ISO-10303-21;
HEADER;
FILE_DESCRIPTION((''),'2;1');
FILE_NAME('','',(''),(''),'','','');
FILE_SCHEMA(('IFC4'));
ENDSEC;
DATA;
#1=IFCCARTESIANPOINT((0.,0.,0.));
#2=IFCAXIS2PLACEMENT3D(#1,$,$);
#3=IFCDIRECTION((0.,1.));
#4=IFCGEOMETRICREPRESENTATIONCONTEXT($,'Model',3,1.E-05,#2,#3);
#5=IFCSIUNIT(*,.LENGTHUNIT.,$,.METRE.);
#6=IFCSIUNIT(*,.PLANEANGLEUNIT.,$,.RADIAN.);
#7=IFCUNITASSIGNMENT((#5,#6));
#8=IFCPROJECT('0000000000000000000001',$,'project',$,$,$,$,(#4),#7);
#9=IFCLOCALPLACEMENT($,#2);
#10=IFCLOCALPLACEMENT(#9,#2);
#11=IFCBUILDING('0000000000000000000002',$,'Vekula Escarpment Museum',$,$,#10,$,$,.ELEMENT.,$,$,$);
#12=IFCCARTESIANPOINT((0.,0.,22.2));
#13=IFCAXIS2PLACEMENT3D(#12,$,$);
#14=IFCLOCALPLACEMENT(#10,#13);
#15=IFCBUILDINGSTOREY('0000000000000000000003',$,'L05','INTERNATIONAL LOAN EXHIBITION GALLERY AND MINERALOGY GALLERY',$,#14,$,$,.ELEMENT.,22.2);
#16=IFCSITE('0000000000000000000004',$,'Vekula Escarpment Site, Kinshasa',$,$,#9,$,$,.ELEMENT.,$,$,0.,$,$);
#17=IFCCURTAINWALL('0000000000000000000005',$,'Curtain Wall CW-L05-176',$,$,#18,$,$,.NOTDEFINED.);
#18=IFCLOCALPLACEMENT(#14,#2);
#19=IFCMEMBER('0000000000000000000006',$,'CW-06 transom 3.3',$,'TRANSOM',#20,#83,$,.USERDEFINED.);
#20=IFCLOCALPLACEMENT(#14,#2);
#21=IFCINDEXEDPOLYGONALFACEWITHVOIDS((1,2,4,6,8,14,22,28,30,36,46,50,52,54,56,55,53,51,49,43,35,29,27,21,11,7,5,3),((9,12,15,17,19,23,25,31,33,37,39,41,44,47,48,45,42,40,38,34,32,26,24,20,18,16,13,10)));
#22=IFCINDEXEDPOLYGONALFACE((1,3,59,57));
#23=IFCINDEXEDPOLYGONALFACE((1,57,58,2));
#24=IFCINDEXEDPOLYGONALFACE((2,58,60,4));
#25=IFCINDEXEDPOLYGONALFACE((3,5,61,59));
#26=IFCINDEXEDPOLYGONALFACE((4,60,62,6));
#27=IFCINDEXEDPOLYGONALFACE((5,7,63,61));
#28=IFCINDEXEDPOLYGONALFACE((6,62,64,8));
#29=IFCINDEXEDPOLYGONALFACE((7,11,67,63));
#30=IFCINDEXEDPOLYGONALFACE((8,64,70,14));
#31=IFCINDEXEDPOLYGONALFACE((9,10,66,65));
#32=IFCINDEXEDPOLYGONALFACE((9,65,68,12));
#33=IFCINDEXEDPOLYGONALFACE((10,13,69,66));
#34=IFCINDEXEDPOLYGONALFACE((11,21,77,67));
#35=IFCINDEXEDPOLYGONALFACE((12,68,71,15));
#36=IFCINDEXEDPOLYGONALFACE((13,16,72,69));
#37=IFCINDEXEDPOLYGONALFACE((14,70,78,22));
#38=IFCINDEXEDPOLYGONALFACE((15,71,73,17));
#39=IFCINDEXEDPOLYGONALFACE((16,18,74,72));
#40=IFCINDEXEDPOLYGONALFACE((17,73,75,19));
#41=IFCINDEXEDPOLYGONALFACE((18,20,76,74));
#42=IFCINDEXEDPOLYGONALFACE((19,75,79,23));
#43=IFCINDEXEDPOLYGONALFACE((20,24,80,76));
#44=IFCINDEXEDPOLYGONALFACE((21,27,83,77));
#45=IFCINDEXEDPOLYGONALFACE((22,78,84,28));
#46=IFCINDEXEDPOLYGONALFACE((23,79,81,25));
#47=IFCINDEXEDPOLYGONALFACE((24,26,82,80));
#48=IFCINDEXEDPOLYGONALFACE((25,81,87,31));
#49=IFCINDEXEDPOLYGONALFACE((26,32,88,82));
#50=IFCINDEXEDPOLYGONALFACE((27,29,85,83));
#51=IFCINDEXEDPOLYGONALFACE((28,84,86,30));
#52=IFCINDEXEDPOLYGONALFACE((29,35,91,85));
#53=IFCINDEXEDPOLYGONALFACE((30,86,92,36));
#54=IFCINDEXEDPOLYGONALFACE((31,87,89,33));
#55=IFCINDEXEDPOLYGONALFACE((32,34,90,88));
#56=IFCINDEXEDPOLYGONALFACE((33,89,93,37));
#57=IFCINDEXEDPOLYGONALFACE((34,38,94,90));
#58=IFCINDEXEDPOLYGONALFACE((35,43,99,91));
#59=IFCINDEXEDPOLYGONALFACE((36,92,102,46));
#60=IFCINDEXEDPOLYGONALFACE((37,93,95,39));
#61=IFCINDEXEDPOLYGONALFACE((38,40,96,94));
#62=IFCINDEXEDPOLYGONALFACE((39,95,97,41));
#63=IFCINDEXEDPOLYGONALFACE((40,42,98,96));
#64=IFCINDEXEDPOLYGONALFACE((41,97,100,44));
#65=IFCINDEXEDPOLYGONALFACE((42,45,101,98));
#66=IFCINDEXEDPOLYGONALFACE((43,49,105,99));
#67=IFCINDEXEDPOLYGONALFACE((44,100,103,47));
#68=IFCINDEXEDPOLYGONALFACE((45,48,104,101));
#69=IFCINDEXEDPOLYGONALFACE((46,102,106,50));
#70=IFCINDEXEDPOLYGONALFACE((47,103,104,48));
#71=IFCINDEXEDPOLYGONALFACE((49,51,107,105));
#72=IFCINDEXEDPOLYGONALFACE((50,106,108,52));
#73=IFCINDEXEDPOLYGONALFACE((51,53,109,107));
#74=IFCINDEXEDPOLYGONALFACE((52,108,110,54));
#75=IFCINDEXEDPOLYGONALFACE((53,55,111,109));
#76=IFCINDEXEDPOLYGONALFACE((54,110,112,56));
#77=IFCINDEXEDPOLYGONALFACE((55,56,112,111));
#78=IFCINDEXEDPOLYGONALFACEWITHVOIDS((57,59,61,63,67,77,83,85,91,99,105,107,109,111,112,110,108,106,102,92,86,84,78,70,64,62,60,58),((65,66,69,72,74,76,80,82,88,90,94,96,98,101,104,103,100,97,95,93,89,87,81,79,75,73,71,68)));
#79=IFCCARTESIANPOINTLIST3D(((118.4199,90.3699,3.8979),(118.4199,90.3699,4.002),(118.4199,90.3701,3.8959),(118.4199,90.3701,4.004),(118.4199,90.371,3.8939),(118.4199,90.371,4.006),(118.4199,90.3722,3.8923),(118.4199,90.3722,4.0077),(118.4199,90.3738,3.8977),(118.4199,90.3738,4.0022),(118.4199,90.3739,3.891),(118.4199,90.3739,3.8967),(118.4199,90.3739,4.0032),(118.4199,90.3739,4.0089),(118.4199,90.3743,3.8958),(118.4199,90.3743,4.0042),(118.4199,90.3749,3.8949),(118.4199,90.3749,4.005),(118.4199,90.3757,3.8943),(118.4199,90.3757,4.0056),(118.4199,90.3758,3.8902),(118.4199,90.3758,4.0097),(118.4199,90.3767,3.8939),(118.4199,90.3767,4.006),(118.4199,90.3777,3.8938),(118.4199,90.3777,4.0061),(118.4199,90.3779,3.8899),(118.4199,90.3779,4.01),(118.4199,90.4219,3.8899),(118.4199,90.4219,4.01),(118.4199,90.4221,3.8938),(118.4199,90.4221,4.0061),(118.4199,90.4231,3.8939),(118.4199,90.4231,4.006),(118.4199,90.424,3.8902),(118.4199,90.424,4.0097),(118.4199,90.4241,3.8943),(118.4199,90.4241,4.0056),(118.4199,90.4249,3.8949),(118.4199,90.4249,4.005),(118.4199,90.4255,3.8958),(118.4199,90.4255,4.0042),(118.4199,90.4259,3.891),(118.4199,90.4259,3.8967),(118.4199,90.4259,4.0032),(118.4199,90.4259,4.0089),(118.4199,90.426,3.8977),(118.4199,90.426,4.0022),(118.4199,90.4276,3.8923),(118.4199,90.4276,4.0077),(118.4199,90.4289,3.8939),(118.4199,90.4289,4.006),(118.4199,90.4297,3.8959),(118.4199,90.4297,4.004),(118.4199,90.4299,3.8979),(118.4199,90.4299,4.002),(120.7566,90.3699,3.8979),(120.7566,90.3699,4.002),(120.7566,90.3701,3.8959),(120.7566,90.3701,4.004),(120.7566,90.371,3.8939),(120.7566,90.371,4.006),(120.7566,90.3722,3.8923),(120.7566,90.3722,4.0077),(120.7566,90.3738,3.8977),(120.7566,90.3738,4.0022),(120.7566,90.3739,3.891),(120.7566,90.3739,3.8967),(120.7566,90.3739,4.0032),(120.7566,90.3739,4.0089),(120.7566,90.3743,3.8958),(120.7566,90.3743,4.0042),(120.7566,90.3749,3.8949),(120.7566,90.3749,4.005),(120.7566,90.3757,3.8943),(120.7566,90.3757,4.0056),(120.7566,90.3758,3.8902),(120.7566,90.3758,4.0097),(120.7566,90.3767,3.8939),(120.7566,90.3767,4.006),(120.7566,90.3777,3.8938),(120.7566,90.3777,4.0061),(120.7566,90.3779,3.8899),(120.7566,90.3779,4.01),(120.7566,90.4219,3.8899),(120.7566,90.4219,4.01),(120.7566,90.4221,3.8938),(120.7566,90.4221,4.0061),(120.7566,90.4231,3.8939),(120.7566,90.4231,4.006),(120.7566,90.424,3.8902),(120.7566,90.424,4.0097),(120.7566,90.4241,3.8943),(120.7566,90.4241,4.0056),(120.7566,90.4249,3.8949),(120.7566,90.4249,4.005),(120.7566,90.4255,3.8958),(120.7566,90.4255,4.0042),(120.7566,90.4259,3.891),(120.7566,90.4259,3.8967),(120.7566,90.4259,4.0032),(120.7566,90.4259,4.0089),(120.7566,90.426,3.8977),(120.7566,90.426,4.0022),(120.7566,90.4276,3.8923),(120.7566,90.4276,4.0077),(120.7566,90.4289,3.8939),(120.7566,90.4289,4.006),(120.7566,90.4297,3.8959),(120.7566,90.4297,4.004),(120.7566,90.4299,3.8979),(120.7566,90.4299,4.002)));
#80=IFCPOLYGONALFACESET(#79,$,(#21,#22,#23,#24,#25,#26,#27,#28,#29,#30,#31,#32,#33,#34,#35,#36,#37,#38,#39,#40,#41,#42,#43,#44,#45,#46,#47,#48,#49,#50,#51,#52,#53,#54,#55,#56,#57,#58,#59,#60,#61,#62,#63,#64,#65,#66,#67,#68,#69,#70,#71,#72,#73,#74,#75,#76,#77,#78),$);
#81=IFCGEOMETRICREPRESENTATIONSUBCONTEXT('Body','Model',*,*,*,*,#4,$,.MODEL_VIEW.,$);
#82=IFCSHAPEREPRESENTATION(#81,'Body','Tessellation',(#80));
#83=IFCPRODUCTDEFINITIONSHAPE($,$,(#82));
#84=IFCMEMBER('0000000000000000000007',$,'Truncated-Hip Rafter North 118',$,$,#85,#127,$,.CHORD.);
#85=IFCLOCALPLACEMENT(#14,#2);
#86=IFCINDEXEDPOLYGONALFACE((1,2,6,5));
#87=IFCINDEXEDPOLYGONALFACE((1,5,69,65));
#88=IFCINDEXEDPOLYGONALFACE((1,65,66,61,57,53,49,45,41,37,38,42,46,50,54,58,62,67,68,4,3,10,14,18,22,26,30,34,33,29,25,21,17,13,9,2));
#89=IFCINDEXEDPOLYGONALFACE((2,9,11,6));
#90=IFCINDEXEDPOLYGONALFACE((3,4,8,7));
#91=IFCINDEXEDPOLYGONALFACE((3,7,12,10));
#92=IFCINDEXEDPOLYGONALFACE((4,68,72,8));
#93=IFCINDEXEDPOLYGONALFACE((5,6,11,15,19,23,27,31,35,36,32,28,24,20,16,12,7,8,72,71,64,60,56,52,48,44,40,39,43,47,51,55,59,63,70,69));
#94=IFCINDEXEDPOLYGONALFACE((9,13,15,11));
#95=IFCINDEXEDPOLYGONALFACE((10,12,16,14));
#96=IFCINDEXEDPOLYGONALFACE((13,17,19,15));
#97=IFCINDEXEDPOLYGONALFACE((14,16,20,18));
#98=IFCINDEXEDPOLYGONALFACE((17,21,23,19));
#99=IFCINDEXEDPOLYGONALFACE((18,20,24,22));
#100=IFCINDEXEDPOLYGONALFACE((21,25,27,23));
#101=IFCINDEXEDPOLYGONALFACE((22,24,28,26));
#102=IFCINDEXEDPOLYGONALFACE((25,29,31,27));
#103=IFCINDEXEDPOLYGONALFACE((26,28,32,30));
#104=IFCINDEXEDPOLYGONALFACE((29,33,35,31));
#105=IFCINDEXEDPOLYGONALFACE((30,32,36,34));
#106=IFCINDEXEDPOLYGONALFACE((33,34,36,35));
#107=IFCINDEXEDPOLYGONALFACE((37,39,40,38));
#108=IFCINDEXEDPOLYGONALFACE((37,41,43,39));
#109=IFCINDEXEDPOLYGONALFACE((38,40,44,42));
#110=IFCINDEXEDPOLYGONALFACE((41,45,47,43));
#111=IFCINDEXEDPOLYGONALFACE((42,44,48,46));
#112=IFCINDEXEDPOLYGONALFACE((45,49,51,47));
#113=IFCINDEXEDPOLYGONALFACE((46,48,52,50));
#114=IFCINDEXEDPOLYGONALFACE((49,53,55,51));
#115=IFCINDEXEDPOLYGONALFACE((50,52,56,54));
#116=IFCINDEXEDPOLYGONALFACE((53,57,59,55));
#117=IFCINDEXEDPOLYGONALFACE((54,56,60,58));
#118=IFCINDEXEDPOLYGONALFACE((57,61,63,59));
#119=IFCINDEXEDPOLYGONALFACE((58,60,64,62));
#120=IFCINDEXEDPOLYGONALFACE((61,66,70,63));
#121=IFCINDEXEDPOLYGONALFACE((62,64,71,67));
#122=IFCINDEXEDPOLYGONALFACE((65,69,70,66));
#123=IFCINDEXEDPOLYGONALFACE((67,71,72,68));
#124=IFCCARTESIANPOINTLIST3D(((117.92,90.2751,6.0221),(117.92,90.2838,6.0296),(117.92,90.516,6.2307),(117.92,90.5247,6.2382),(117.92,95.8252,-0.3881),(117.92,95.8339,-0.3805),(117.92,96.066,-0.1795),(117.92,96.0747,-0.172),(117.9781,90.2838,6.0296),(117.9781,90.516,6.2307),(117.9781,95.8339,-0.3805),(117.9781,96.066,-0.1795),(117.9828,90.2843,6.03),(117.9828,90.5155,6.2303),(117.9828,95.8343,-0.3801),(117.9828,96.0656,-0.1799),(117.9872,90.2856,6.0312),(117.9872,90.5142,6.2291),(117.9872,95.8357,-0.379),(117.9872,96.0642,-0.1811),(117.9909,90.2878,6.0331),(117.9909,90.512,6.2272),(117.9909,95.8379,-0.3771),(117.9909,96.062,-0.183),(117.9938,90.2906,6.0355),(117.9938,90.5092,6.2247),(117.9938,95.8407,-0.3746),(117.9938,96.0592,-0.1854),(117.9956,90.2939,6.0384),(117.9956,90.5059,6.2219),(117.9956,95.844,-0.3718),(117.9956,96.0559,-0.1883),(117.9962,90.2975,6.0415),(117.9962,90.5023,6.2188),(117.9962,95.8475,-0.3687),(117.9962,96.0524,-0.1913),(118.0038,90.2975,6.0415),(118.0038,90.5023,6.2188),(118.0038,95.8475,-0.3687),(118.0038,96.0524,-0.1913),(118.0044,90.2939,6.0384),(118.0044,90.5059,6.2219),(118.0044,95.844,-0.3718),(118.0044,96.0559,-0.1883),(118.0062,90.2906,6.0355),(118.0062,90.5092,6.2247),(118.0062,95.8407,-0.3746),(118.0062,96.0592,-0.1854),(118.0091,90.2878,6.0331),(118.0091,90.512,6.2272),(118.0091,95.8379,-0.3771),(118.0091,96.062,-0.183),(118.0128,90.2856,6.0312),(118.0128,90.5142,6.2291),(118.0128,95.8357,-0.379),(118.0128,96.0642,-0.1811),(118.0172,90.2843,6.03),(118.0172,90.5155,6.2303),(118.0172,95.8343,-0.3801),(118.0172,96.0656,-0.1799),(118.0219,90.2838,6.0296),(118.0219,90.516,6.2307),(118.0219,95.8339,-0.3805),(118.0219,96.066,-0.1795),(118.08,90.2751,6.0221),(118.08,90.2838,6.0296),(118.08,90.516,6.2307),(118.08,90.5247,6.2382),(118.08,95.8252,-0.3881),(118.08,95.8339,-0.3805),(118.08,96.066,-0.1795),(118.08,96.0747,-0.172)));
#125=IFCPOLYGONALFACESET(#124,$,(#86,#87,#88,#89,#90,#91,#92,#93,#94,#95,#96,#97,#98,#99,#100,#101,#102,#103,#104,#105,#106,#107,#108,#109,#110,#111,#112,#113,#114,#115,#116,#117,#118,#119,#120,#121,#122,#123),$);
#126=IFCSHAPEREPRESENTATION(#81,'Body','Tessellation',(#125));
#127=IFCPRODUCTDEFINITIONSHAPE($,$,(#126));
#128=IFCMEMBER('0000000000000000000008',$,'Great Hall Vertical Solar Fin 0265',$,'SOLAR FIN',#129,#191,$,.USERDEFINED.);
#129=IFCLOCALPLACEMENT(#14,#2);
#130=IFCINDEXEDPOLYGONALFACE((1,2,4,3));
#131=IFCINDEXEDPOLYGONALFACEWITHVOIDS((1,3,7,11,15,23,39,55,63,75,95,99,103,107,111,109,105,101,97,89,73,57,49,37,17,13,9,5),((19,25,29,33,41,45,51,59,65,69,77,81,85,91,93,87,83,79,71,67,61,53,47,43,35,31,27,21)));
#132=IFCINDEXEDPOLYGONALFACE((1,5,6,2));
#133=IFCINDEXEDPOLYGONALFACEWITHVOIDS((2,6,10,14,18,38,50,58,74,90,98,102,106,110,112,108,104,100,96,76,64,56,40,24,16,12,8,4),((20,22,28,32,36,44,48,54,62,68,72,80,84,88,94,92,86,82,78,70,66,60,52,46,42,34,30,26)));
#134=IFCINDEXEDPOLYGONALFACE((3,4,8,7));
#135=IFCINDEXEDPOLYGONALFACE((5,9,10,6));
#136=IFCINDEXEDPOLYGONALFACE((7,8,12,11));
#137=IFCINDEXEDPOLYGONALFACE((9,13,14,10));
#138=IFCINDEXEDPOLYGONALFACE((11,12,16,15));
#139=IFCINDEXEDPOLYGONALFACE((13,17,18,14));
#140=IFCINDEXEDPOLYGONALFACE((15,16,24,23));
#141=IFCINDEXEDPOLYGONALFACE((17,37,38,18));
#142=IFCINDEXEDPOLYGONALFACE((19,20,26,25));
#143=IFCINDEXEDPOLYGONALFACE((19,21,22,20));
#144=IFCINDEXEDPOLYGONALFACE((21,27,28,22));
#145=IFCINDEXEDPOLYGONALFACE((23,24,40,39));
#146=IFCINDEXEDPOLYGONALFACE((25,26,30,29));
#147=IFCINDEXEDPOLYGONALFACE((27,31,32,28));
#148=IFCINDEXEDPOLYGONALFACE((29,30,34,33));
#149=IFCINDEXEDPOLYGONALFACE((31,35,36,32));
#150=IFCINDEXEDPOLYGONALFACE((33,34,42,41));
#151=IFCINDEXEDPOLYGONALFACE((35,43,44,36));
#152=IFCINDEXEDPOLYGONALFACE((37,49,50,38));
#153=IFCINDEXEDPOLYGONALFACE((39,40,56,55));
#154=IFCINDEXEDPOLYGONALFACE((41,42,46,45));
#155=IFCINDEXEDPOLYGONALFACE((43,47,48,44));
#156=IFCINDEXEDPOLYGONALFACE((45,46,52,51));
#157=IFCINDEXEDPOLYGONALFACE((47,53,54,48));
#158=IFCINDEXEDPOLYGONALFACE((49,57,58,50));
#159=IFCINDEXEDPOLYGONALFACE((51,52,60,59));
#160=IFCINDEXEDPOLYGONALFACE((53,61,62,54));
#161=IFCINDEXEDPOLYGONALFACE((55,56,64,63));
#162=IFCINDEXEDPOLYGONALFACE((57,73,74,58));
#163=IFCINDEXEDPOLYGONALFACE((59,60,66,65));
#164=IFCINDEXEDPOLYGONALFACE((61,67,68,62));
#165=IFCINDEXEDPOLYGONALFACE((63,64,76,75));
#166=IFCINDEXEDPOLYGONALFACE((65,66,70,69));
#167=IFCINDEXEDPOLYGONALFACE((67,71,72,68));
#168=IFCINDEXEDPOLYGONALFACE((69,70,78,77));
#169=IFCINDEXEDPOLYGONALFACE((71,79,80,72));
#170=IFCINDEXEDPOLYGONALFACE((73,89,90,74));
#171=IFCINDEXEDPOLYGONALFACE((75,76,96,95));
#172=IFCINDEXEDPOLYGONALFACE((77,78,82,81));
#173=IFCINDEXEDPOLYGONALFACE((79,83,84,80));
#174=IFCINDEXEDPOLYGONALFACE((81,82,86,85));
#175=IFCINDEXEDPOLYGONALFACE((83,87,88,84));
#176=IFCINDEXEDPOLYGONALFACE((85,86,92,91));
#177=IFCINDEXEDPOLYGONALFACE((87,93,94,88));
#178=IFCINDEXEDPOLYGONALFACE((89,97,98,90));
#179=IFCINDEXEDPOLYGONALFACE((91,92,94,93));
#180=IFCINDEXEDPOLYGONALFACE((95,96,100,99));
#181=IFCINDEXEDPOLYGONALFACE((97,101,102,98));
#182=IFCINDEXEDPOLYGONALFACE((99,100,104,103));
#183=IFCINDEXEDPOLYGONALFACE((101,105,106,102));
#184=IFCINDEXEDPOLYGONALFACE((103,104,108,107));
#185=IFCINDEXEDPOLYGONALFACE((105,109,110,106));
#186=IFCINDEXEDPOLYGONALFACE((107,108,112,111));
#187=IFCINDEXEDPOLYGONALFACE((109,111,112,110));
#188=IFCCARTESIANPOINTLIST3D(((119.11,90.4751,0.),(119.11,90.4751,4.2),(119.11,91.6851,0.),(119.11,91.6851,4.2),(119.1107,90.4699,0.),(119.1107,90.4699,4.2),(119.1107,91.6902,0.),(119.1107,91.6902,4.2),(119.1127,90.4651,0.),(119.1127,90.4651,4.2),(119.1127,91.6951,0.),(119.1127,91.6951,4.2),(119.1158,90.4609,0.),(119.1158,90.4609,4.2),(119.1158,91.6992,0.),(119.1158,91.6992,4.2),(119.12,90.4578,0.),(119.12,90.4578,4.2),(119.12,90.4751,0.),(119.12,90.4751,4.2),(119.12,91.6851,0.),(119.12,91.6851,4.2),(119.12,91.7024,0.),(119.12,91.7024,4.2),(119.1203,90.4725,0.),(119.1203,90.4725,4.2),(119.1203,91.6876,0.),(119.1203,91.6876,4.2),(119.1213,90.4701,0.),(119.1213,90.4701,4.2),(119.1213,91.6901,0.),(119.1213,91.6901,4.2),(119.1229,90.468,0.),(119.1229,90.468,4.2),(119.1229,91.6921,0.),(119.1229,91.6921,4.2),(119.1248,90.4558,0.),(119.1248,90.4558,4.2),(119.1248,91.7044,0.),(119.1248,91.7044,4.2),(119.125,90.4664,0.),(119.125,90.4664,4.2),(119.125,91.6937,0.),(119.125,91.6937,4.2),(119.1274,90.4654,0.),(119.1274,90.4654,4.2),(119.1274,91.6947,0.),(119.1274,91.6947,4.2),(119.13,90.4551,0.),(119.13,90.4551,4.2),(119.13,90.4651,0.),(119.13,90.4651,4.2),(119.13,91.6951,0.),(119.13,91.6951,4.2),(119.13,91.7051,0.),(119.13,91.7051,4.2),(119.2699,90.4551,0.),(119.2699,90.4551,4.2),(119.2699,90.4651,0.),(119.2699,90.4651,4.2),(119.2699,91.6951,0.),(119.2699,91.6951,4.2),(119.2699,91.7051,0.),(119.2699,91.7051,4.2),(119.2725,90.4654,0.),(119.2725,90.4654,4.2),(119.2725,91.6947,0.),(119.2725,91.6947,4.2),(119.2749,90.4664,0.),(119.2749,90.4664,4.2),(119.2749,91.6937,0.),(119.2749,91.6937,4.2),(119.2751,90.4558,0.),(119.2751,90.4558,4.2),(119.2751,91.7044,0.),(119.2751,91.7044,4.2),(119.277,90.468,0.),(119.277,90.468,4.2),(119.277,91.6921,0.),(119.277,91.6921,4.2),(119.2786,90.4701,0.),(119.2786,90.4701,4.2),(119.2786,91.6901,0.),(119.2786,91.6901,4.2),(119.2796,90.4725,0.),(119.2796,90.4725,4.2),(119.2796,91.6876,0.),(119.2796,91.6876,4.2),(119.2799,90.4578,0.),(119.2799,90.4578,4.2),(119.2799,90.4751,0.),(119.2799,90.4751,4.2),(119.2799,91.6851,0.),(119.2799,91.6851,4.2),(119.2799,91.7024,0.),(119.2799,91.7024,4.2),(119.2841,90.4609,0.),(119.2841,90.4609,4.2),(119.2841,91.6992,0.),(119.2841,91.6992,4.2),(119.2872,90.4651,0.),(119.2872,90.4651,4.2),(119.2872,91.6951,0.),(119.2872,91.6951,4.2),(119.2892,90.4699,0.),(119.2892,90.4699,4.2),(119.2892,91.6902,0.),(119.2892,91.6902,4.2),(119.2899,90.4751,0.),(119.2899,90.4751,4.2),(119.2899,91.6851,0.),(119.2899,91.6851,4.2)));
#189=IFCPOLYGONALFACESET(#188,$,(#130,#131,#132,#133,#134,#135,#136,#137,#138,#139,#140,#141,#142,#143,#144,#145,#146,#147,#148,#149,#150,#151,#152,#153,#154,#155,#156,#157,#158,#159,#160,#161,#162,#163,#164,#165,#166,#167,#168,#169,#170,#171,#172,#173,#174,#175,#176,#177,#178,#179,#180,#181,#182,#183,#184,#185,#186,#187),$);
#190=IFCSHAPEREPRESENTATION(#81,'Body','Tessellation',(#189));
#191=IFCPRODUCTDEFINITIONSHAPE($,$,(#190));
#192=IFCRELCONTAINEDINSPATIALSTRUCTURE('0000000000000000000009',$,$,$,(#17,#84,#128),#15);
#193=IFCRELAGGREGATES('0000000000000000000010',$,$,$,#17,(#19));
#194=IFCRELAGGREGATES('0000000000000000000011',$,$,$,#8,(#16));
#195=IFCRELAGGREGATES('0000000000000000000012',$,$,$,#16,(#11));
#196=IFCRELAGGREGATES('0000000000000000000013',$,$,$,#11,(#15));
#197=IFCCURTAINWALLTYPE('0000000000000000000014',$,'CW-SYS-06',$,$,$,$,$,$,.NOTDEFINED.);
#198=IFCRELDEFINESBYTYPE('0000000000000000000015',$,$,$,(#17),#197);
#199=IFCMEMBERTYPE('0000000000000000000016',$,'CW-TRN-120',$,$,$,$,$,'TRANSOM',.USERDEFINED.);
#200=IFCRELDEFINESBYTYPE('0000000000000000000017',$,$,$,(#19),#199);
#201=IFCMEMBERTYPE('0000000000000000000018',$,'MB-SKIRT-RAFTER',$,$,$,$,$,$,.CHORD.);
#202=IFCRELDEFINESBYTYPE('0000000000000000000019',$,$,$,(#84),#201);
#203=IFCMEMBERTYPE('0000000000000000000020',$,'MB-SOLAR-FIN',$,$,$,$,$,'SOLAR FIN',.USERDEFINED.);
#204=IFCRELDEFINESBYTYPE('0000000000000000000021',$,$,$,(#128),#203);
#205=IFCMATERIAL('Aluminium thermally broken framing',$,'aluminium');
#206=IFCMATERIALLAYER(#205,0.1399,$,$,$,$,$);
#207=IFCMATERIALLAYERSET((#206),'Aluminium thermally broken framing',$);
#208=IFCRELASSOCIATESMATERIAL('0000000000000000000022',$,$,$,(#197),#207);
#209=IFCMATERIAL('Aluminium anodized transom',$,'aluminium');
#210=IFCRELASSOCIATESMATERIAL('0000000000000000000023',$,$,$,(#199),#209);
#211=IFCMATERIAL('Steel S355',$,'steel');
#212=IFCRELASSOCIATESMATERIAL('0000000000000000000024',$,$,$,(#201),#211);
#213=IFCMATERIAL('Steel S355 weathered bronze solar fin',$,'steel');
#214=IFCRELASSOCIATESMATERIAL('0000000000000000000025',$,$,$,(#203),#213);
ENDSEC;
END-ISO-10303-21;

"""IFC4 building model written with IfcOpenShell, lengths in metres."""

from ifc_helpers import new_model, si_unit, direction, frame, origin, origin_2d, place, context, subcontext, project, spatial, hollow_rectangle, i_section, extrude, material, layer, layer_set, material_profile, profile_set, type_object, element, aggregate, save


model = new_model("IFC4")

# Units and contexts
model_context = context("Model", 3, precision=1e-05, world=origin(), true_north=direction((0.0, 1.0)))
body_context = subcontext(model_context, "Body", "Model", "MODEL_VIEW")
ifc_project = project(units=[si_unit("LENGTHUNIT", "METRE"), si_unit("PLANEANGLEUNIT", "RADIAN")], contexts=[model_context])

# Site, building, storey
site_placement = place(None, origin())
site = spatial("IfcSite", under=ifc_project, at=site_placement, Name="Vekula Escarpment Site, Kinshasa", CompositionType="ELEMENT", RefElevation=0.0)
building_placement = place(site_placement, origin())
building = spatial("IfcBuilding", under=site, at=building_placement, Name="Vekula Escarpment Museum", CompositionType="ELEMENT")
storey_placement = place(building_placement, frame((0.0, 0.0, 22.2)))
storey = spatial("IfcBuildingStorey", under=building, at=storey_placement, Name="L05", Description="INTERNATIONAL LOAN EXHIBITION GALLERY AND MINERALOGY GALLERY", CompositionType="ELEMENT", Elevation=22.2)

# Curtain wall, member
ifc_material_1 = material(Name="Aluminium thermally broken framing", Category="aluminium")
ifc_layer_1 = layer(ifc_material_1, 0.1399)
ifc_layer_set_1 = layer_set([ifc_layer_1], Name="Aluminium thermally broken framing")
curtain_wall_type = type_object("IfcCurtainWallType", Name="CW-SYS-06", PredefinedType="NOTDEFINED", material=ifc_layer_set_1)
curtain_wall_placement = place(storey_placement, origin())
curtain_wall = element("IfcCurtainWall", 1, at=curtain_wall_placement, inside=storey, type_object=curtain_wall_type, Name="Curtain Wall CW-L05-176", PredefinedType="NOTDEFINED")
ifc_material_2 = material(Name="Aluminium anodized transom", Category="aluminium")
ifc_material_profile_1 = material_profile(ifc_material_2, hollow_rectangle(XDim=0.0601, YDim=0.1201, WallThickness=0.0039, InnerFilletRadius=0.0039, OuterFilletRadius=0.0081, at=origin_2d()), Name="ALU 120x60x4")
ifc_profile_set_1 = profile_set([ifc_material_profile_1], Name="Aluminium anodized transom")
member_type_1 = type_object("IfcMemberType", Name="CW-TRN-120", ElementType="TRANSOM", PredefinedType="USERDEFINED", material=ifc_profile_set_1)
member_1_placement = place(storey_placement, frame((120.7566, 90.3999, 3.95), z_axis=(-1.0, 0.0, 0.0), x_axis=(0.0, -1.0, 0.0)))
member_1 = element("IfcMember", 2, at=member_1_placement, type_object=member_type_1, Name="CW-06 transom 3.3", ObjectType="TRANSOM", PredefinedType="USERDEFINED", context=body_context, shape_type="SweptSolid", body=[
    extrude(hollow_rectangle(XDim=0.0601, YDim=0.1201, WallThickness=0.0039, InnerFilletRadius=0.0039, OuterFilletRadius=0.0081, at=origin_2d()), origin(), (0.0, 0.0, 1.0), 2.3367),
])

# Members
ifc_material_3 = material(Name="Steel S355", Category="steel")
ifc_material_profile_2 = material_profile(ifc_material_3, i_section(OverallWidth=0.1599, OverallDepth=0.3301, WebThickness=0.0076, FlangeThickness=0.0115, FilletRadius=0.0181, at=origin_2d()), Name="IPE 330")
ifc_profile_set_2 = profile_set([ifc_material_profile_2], Name="Steel S355")
member_type_2 = type_object("IfcMemberType", Name="MB-SKIRT-RAFTER", PredefinedType="CHORD", material=ifc_profile_set_2)
member_2_placement = place(storey_placement, frame((118.0, 95.95, -0.28), z_axis=(0.0, -0.654565, 0.756005), x_axis=(1.0, 0.0, 0.0)))
element("IfcMember", 3, at=member_2_placement, inside=storey, type_object=member_type_2, Name="Truncated-Hip Rafter North 118", PredefinedType="CHORD", context=body_context, shape_type="SweptSolid", body=[
    extrude(i_section(OverallWidth=0.1599, OverallDepth=0.3301, WebThickness=0.0076, FlangeThickness=0.0115, FilletRadius=0.0181, at=origin_2d()), origin(), (0.0, 0.0, 1.0), 8.479),
])
ifc_material_4 = material(Name="Steel S355 weathered bronze solar fin", Category="steel")
ifc_material_profile_3 = material_profile(ifc_material_4, hollow_rectangle(XDim=0.1799, YDim=1.25, WallThickness=0.01, InnerFilletRadius=0.01, OuterFilletRadius=0.02, at=origin_2d()), Name="RHS 1250x180x10")
ifc_profile_set_3 = profile_set([ifc_material_profile_3], Name="Steel S355 weathered bronze solar fin")
member_type_3 = type_object("IfcMemberType", Name="MB-SOLAR-FIN", ElementType="SOLAR FIN", PredefinedType="USERDEFINED", material=ifc_profile_set_3)
for number, where, z_axis, x_axis, name in (
    (4, (119.2, 91.0801, 0.0), (0.0, 0.0, 1.0), (1.0, 0.0, 0.0), "Great Hall Vertical Solar Fin 0265"),
):
    element("IfcMember", number, at=place(storey_placement, frame(where, z_axis=z_axis, x_axis=x_axis)), inside=storey, type_object=member_type_3, Name=name, ObjectType="SOLAR FIN", PredefinedType="USERDEFINED", context=body_context, shape_type="SweptSolid", body=[
        extrude(hollow_rectangle(XDim=0.1799, YDim=1.25, WallThickness=0.01, InnerFilletRadius=0.01, OuterFilletRadius=0.02, at=origin_2d()), origin(), (0.0, 0.0, 1.0), 4.2),
    ])

aggregate(curtain_wall, [member_1])

save(model, "model.ifc")
